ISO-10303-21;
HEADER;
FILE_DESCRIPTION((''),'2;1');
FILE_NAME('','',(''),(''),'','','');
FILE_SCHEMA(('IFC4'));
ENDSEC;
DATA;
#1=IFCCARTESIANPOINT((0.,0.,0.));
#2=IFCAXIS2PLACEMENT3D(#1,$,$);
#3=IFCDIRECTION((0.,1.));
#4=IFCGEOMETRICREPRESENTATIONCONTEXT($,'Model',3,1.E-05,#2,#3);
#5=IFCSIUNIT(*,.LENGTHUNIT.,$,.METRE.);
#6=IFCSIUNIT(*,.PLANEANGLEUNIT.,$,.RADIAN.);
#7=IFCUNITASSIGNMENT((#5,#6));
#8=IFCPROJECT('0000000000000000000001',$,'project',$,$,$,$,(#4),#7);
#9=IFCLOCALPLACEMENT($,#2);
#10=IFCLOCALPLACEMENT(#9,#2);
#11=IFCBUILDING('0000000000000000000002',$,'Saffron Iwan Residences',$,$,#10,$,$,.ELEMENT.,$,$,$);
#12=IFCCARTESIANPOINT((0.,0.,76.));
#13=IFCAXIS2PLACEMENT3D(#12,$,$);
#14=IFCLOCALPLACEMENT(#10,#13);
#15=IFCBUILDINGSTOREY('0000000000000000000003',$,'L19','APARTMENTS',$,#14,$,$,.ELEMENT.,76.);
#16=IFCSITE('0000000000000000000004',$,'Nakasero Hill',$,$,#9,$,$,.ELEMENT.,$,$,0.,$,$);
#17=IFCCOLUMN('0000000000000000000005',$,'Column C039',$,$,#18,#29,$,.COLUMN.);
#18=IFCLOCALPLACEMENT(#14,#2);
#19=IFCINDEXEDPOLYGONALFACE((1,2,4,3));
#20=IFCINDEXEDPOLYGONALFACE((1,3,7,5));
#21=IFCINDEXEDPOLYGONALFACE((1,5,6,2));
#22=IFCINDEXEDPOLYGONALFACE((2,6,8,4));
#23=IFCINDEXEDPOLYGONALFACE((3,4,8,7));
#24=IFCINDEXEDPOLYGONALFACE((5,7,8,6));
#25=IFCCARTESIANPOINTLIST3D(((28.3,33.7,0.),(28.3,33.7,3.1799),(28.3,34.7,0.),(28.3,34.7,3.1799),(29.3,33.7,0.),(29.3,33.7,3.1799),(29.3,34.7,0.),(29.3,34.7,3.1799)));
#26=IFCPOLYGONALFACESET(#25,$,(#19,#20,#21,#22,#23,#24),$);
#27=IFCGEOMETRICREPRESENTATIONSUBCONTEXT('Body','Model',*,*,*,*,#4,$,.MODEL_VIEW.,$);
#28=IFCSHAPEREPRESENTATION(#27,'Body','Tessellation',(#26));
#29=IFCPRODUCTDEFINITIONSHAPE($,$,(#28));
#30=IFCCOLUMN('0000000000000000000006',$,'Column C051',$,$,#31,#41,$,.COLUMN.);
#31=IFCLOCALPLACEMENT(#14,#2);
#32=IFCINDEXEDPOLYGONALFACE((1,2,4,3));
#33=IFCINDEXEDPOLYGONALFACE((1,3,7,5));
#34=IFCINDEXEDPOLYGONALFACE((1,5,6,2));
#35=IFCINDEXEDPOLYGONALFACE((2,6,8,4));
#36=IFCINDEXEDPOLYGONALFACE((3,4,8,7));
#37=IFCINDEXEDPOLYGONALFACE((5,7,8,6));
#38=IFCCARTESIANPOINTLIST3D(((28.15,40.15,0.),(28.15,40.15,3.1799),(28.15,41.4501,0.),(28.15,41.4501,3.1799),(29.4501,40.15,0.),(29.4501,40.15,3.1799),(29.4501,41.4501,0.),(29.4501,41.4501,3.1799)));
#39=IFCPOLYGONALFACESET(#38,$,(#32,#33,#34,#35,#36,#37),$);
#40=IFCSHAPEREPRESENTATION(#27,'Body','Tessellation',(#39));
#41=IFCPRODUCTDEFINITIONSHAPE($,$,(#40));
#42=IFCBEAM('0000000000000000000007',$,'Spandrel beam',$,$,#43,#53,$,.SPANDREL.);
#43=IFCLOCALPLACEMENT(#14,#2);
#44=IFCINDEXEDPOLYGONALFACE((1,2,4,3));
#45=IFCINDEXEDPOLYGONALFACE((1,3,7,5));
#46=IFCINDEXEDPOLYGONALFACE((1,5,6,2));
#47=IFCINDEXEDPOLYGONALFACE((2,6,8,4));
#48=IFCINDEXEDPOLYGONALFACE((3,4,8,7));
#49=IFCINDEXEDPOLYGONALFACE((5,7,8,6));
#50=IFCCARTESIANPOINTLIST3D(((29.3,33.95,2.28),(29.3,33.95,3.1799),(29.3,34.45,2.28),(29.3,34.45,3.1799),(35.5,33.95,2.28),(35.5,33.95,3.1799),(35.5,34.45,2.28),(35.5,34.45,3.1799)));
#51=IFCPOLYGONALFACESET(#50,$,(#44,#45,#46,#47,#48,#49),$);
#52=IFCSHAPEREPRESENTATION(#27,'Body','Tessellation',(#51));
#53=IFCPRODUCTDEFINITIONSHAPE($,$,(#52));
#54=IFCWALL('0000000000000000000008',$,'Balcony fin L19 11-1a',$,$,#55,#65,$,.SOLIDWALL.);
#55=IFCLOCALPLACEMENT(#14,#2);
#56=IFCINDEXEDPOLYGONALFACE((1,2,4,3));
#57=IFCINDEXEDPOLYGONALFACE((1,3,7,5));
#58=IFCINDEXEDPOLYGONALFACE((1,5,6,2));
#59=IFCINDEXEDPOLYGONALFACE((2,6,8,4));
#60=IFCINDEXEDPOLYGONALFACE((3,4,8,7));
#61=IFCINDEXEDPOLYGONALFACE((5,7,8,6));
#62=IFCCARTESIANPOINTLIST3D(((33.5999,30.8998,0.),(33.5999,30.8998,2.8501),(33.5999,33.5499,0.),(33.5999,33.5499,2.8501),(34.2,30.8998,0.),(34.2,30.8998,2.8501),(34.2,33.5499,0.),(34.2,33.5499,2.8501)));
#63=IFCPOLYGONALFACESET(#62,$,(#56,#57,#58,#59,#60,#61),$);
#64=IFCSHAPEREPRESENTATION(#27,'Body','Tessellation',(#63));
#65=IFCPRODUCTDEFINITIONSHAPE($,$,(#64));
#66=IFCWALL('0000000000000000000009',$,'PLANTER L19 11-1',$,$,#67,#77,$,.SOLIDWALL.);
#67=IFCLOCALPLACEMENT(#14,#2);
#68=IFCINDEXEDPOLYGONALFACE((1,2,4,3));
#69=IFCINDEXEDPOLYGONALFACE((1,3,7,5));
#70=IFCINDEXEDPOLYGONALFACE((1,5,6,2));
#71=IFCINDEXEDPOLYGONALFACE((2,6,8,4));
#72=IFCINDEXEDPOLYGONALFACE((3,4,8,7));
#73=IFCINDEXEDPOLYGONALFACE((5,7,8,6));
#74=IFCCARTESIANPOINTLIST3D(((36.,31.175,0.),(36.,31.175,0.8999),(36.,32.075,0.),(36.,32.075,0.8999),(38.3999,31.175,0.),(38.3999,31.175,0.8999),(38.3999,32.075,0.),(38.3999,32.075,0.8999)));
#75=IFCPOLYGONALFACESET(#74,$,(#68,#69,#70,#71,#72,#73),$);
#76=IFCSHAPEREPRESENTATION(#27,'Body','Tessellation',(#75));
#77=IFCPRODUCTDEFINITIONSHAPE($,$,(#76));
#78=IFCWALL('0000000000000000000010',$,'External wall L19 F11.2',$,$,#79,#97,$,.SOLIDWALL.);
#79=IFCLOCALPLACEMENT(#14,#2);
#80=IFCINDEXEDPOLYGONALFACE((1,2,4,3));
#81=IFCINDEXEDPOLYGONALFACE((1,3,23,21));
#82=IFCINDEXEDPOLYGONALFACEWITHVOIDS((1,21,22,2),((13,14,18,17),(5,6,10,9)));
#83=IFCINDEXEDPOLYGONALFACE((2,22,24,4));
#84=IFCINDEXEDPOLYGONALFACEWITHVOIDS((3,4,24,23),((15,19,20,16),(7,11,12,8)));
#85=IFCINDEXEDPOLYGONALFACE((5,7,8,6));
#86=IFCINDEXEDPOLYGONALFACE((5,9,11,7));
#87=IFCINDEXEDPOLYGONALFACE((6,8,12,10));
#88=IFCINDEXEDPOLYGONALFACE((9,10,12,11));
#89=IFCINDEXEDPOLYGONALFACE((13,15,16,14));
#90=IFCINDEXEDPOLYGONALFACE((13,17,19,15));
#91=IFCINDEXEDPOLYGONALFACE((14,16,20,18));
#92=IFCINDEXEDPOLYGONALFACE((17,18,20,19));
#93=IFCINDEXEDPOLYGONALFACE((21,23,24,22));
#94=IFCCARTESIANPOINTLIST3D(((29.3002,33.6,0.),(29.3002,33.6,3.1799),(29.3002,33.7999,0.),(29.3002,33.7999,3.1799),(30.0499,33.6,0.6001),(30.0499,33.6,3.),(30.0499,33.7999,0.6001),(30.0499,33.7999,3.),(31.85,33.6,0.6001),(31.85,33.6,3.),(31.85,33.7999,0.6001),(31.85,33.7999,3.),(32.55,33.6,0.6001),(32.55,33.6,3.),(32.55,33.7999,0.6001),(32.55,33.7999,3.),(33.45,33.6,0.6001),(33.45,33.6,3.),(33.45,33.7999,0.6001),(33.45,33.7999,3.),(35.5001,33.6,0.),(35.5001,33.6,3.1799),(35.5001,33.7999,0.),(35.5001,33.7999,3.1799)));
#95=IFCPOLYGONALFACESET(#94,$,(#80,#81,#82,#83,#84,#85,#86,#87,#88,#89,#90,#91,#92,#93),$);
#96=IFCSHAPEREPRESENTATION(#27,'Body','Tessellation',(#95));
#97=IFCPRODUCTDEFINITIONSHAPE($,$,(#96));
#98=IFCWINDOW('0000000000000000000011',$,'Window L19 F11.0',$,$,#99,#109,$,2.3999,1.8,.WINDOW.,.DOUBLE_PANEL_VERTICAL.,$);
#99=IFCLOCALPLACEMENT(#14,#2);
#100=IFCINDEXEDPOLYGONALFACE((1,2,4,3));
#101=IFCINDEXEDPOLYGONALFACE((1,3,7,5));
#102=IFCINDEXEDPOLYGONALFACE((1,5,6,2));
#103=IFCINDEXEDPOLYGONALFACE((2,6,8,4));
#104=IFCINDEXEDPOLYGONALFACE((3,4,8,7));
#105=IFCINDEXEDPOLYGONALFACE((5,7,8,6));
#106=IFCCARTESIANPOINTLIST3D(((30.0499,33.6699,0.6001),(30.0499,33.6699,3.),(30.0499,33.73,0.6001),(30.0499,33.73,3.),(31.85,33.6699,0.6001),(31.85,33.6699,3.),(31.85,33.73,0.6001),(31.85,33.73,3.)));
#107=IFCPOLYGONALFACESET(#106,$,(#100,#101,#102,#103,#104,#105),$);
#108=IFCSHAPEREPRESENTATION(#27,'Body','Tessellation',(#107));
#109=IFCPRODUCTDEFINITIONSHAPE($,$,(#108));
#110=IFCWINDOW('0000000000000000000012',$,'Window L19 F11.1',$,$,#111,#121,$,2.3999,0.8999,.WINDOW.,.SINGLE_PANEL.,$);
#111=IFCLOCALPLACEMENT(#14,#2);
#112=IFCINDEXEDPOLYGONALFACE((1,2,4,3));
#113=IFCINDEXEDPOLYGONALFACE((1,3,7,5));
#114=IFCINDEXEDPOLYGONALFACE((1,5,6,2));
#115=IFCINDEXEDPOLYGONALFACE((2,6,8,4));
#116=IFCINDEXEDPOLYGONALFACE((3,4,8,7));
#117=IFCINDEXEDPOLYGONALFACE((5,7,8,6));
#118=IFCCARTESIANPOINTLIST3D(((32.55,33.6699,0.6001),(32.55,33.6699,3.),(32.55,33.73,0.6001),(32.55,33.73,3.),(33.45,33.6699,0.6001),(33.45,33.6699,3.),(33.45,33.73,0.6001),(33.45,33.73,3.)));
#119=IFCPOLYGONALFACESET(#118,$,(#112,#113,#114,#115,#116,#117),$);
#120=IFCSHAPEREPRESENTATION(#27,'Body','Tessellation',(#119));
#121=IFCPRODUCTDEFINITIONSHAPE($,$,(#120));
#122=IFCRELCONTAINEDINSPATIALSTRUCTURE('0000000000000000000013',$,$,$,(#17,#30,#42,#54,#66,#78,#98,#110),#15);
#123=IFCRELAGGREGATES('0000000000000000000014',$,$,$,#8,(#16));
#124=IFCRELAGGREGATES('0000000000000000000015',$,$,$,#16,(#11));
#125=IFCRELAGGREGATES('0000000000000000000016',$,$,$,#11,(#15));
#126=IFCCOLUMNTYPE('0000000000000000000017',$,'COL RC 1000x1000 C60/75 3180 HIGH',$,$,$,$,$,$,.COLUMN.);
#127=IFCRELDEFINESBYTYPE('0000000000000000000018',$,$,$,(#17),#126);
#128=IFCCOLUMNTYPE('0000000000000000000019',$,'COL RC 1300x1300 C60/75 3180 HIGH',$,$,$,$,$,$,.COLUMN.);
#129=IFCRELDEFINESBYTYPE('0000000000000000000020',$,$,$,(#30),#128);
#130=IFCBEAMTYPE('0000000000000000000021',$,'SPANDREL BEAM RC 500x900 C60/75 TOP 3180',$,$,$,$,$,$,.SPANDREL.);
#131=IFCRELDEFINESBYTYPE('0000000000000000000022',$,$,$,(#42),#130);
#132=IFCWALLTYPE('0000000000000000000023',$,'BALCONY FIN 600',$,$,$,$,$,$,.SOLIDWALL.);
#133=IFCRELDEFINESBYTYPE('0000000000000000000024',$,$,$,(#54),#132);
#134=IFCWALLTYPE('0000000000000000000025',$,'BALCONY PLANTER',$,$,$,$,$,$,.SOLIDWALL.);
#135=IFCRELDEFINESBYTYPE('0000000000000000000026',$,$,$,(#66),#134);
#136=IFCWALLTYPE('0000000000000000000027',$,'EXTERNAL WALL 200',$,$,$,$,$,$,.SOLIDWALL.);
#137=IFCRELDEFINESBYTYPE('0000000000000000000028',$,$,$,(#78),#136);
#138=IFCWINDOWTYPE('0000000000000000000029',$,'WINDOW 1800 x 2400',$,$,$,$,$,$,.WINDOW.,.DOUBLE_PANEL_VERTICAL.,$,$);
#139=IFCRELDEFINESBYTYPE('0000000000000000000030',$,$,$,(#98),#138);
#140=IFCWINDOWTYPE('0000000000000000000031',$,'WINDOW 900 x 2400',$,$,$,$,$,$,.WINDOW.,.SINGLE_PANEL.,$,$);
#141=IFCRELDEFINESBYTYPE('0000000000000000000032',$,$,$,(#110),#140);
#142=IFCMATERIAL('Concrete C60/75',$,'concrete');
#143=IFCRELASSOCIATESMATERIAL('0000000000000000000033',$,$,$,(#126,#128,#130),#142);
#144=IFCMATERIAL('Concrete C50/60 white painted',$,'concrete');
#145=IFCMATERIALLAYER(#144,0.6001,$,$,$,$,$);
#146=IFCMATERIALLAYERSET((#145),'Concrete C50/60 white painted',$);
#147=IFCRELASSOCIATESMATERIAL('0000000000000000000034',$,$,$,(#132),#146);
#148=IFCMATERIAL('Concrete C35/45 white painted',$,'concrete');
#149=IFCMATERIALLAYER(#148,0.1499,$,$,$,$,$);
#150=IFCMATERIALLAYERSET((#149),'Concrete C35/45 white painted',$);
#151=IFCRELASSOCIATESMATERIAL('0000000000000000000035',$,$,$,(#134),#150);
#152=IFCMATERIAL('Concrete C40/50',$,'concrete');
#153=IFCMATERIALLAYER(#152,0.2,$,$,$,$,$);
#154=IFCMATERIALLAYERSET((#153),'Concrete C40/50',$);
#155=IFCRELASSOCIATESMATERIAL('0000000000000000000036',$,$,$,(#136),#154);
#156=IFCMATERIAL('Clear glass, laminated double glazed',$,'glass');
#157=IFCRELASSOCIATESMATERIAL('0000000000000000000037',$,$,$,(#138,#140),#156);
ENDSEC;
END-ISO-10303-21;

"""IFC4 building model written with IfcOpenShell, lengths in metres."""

from ifc_helpers import new_model, si_unit, direction, frame, frame_2d, origin, origin_2d, place, context, subcontext, project, spatial, rectangle, extrude, source, transform, mapped, material, layer, layer_set, material_profile, profile_set, type_object, element, fill, save


model = new_model("IFC4")

# Units and contexts
model_context = context("Model", 3, precision=1e-05, world=origin(), true_north=direction((0.0, 1.0)))
body_context = subcontext(model_context, "Body", "Model", "MODEL_VIEW")
ifc_project = project(units=[si_unit("LENGTHUNIT", "METRE"), si_unit("PLANEANGLEUNIT", "RADIAN")], contexts=[model_context])

# Site, building, storey
site_placement = place(None, origin())
site = spatial("IfcSite", under=ifc_project, at=site_placement, Name="Nakasero Hill", CompositionType="ELEMENT", RefElevation=0.0)
building_placement = place(site_placement, origin())
building = spatial("IfcBuilding", under=site, at=building_placement, Name="Saffron Iwan Residences", CompositionType="ELEMENT")
storey_placement = place(building_placement, frame((0.0, 0.0, 76.0)))
storey = spatial("IfcBuildingStorey", under=building, at=storey_placement, Name="L19", Description="APARTMENTS", CompositionType="ELEMENT", Elevation=76.0)

# Columns
ifc_material_1 = material(Name="Concrete C60/75", Category="concrete")
ifc_material_profile_1 = material_profile(ifc_material_1, rectangle(XDim=1.0, YDim=1.0, at=origin_2d()), Name="RC 1000x1000")
ifc_profile_set_1 = profile_set([ifc_material_profile_1], Name="Concrete C60/75")
column_type_1 = type_object("IfcColumnType", Name="COL RC 1000x1000 C60/75 3180 HIGH", PredefinedType="COLUMN", material=ifc_profile_set_1)
shared_shape_1 = source(origin(), body_context, "Body", "SweptSolid", [
    extrude(rectangle(XDim=1.0, YDim=1.0, at=origin_2d()), origin(), (0.0, 0.0, 1.0), 3.1799),
])
column_1_placement = place(storey_placement, frame((28.8, 34.2, 0.0), z_axis=(0.0, 0.0, 1.0), x_axis=(1.0, 0.0, 0.0)))
element("IfcColumn", 1, at=column_1_placement, inside=storey, type_object=column_type_1, Name="Column C039", PredefinedType="COLUMN", context=body_context, shape_type="MappedRepresentation", body=[
    mapped(shared_shape_1, transform((0.0, 0.0, 0.0))),
])
ifc_material_profile_2 = material_profile(ifc_material_1, rectangle(XDim=1.3, YDim=1.3, at=origin_2d()), Name="RC 1300x1300")
ifc_profile_set_2 = profile_set([ifc_material_profile_2], Name="Concrete C60/75")
column_type_2 = type_object("IfcColumnType", Name="COL RC 1300x1300 C60/75 3180 HIGH", PredefinedType="COLUMN", material=ifc_profile_set_2)
shared_shape_2 = source(origin(), body_context, "Body", "SweptSolid", [
    extrude(rectangle(XDim=1.3, YDim=1.3, at=origin_2d()), origin(), (0.0, 0.0, 1.0), 3.1799),
])
column_2_placement = place(storey_placement, frame((28.8, 40.8, 0.0), z_axis=(0.0, 0.0, 1.0), x_axis=(1.0, 0.0, 0.0)))
element("IfcColumn", 2, at=column_2_placement, inside=storey, type_object=column_type_2, Name="Column C051", PredefinedType="COLUMN", context=body_context, shape_type="MappedRepresentation", body=[
    mapped(shared_shape_2, transform((0.0, 0.0, 0.0))),
])

# Beam
ifc_material_profile_3 = material_profile(ifc_material_1, rectangle(XDim=0.5, YDim=0.8999, at=origin_2d()), Name="RC 500x900")
ifc_profile_set_3 = profile_set([ifc_material_profile_3], Name="Concrete C60/75")
beam_type = type_object("IfcBeamType", Name="SPANDREL BEAM RC 500x900 C60/75 TOP 3180", PredefinedType="SPANDREL", material=ifc_profile_set_3)
shared_shape_3 = source(origin(), body_context, "Body", "SweptSolid", [
    extrude(rectangle(XDim=0.5, YDim=0.8999, at=origin_2d()), origin(), (0.0, 0.0, 1.0), 6.2),
])
beam_placement = place(storey_placement, frame((35.5, 34.2, 2.73), z_axis=(-1.0, 0.0, 0.0), x_axis=(0.0, -1.0, 0.0)))
element("IfcBeam", 3, at=beam_placement, inside=storey, type_object=beam_type, Name="Spandrel beam", PredefinedType="SPANDREL", context=body_context, shape_type="MappedRepresentation", body=[
    mapped(shared_shape_3, transform((0.0, 0.0, 0.0))),
])

# Walls
ifc_material_2 = material(Name="Concrete C50/60 white painted", Category="concrete")
ifc_layer_1 = layer(ifc_material_2, 0.6001)
ifc_layer_set_1 = layer_set([ifc_layer_1], Name="Concrete C50/60 white painted")
wall_type_1 = type_object("IfcWallType", Name="BALCONY FIN 600", PredefinedType="SOLIDWALL", material=ifc_layer_set_1)
wall_1_placement = place(storey_placement, frame((33.8999, 33.55, 0.0), z_axis=(0.0, 0.0, 1.0), x_axis=(0.0, -1.0, 0.0)))
element("IfcWall", 4, at=wall_1_placement, inside=storey, type_object=wall_type_1, Name="Balcony fin L19 11-1a", PredefinedType="SOLIDWALL", context=body_context, shape_type="SweptSolid", body=[
    extrude(rectangle(XDim=2.6501, YDim=0.6001, at=frame_2d((1.3252, 0.0))), origin(), (0.0, 0.0, 1.0), 2.8501),
])
ifc_material_3 = material(Name="Concrete C35/45 white painted", Category="concrete")
ifc_layer_2 = layer(ifc_material_3, 0.1499)
ifc_layer_set_2 = layer_set([ifc_layer_2], Name="Concrete C35/45 white painted")
wall_type_2 = type_object("IfcWallType", Name="BALCONY PLANTER", PredefinedType="SOLIDWALL", material=ifc_layer_set_2)
wall_2_placement = place(storey_placement, frame((36.0, 31.625, 0.0), z_axis=(0.0, 0.0, 1.0), x_axis=(1.0, 0.0, 0.0)))
element("IfcWall", 5, at=wall_2_placement, inside=storey, type_object=wall_type_2, Name="PLANTER L19 11-1", PredefinedType="SOLIDWALL", context=body_context, shape_type="SweptSolid", body=[
    extrude(rectangle(XDim=2.3999, YDim=0.8999, at=frame_2d((1.2, 0.0))), origin(), (0.0, 0.0, 1.0), 0.8999),
])

# Wall, openings, windows
ifc_material_4 = material(Name="Concrete C40/50", Category="concrete")
ifc_layer_3 = layer(ifc_material_4, 0.2)
ifc_layer_set_3 = layer_set([ifc_layer_3], Name="Concrete C40/50")
wall_type_3 = type_object("IfcWallType", Name="EXTERNAL WALL 200", PredefinedType="SOLIDWALL", material=ifc_layer_set_3)
wall_3_placement = place(storey_placement, frame((29.3, 33.7, 0.0), z_axis=(0.0, 0.0, 1.0), x_axis=(1.0, 0.0, 0.0)))
wall_3 = element("IfcWall", 6, at=wall_3_placement, inside=storey, type_object=wall_type_3, Name="External wall L19 F11.2", PredefinedType="SOLIDWALL", context=body_context, shape_type="SweptSolid", body=[
    extrude(rectangle(XDim=6.2, YDim=0.2, at=frame_2d((3.1001, 0.0))), origin(), (0.0, 0.0, 1.0), 3.1799),
])
opening_1_placement = place(wall_3_placement, frame((0.75, 0.0, 0.6001)))
opening_1 = element("IfcOpeningElement", 7, at=opening_1_placement, cuts=wall_3, PredefinedType="OPENING", context=body_context, shape_type="SweptSolid", body=[
    extrude(rectangle(XDim=1.8, YDim=2.3999, at=frame_2d((0.8999, 1.2))), frame((0.0, 0.1099, 0.0), z_axis=(0.0, -1.0, 0.0), x_axis=(1.0, 0.0, 0.0)), (0.0, 0.0, 1.0), 0.22),
])
opening_2_placement = place(wall_3_placement, frame((3.25, 0.0, 0.6001)))
opening_2 = element("IfcOpeningElement", 8, at=opening_2_placement, cuts=wall_3, PredefinedType="OPENING", context=body_context, shape_type="SweptSolid", body=[
    extrude(rectangle(XDim=0.8999, YDim=2.3999, at=frame_2d((0.45, 1.2))), frame((0.0, 0.1099, 0.0), z_axis=(0.0, -1.0, 0.0), x_axis=(1.0, 0.0, 0.0)), (0.0, 0.0, 1.0), 0.22),
])
ifc_material_5 = material(Name="Clear glass, laminated double glazed", Category="glass")
window_type_1 = type_object("IfcWindowType", Name="WINDOW 1800 x 2400", PartitioningType="DOUBLE_PANEL_VERTICAL", PredefinedType="WINDOW", material=ifc_material_5)
window_1_placement = place(opening_1_placement, origin())
window_1 = element("IfcWindow", 9, at=window_1_placement, inside=storey, type_object=window_type_1, Name="Window L19 F11.0", OverallHeight=2.3999, OverallWidth=1.8, PartitioningType="DOUBLE_PANEL_VERTICAL", PredefinedType="WINDOW", context=body_context, shape_type="SweptSolid", body=[
    extrude(rectangle(XDim=1.8, YDim=2.3999, at=frame_2d((0.8999, 1.2))), frame((0.0, 0.03, 0.0), z_axis=(0.0, -1.0, 0.0), x_axis=(1.0, 0.0, 0.0)), (0.0, 0.0, 1.0), 0.0601),
])
fill(opening_1, window_1)
window_type_2 = type_object("IfcWindowType", Name="WINDOW 900 x 2400", PartitioningType="SINGLE_PANEL", PredefinedType="WINDOW", material=ifc_material_5)
window_2_placement = place(opening_2_placement, origin())
window_2 = element("IfcWindow", 10, at=window_2_placement, inside=storey, type_object=window_type_2, Name="Window L19 F11.1", OverallHeight=2.3999, OverallWidth=0.8999, PartitioningType="SINGLE_PANEL", PredefinedType="WINDOW", context=body_context, shape_type="SweptSolid", body=[
    extrude(rectangle(XDim=0.8999, YDim=2.3999, at=frame_2d((0.45, 1.2))), frame((0.0, 0.03, 0.0), z_axis=(0.0, -1.0, 0.0), x_axis=(1.0, 0.0, 0.0)), (0.0, 0.0, 1.0), 0.0601),
])
fill(opening_2, window_2)

save(model, "model.ifc")
